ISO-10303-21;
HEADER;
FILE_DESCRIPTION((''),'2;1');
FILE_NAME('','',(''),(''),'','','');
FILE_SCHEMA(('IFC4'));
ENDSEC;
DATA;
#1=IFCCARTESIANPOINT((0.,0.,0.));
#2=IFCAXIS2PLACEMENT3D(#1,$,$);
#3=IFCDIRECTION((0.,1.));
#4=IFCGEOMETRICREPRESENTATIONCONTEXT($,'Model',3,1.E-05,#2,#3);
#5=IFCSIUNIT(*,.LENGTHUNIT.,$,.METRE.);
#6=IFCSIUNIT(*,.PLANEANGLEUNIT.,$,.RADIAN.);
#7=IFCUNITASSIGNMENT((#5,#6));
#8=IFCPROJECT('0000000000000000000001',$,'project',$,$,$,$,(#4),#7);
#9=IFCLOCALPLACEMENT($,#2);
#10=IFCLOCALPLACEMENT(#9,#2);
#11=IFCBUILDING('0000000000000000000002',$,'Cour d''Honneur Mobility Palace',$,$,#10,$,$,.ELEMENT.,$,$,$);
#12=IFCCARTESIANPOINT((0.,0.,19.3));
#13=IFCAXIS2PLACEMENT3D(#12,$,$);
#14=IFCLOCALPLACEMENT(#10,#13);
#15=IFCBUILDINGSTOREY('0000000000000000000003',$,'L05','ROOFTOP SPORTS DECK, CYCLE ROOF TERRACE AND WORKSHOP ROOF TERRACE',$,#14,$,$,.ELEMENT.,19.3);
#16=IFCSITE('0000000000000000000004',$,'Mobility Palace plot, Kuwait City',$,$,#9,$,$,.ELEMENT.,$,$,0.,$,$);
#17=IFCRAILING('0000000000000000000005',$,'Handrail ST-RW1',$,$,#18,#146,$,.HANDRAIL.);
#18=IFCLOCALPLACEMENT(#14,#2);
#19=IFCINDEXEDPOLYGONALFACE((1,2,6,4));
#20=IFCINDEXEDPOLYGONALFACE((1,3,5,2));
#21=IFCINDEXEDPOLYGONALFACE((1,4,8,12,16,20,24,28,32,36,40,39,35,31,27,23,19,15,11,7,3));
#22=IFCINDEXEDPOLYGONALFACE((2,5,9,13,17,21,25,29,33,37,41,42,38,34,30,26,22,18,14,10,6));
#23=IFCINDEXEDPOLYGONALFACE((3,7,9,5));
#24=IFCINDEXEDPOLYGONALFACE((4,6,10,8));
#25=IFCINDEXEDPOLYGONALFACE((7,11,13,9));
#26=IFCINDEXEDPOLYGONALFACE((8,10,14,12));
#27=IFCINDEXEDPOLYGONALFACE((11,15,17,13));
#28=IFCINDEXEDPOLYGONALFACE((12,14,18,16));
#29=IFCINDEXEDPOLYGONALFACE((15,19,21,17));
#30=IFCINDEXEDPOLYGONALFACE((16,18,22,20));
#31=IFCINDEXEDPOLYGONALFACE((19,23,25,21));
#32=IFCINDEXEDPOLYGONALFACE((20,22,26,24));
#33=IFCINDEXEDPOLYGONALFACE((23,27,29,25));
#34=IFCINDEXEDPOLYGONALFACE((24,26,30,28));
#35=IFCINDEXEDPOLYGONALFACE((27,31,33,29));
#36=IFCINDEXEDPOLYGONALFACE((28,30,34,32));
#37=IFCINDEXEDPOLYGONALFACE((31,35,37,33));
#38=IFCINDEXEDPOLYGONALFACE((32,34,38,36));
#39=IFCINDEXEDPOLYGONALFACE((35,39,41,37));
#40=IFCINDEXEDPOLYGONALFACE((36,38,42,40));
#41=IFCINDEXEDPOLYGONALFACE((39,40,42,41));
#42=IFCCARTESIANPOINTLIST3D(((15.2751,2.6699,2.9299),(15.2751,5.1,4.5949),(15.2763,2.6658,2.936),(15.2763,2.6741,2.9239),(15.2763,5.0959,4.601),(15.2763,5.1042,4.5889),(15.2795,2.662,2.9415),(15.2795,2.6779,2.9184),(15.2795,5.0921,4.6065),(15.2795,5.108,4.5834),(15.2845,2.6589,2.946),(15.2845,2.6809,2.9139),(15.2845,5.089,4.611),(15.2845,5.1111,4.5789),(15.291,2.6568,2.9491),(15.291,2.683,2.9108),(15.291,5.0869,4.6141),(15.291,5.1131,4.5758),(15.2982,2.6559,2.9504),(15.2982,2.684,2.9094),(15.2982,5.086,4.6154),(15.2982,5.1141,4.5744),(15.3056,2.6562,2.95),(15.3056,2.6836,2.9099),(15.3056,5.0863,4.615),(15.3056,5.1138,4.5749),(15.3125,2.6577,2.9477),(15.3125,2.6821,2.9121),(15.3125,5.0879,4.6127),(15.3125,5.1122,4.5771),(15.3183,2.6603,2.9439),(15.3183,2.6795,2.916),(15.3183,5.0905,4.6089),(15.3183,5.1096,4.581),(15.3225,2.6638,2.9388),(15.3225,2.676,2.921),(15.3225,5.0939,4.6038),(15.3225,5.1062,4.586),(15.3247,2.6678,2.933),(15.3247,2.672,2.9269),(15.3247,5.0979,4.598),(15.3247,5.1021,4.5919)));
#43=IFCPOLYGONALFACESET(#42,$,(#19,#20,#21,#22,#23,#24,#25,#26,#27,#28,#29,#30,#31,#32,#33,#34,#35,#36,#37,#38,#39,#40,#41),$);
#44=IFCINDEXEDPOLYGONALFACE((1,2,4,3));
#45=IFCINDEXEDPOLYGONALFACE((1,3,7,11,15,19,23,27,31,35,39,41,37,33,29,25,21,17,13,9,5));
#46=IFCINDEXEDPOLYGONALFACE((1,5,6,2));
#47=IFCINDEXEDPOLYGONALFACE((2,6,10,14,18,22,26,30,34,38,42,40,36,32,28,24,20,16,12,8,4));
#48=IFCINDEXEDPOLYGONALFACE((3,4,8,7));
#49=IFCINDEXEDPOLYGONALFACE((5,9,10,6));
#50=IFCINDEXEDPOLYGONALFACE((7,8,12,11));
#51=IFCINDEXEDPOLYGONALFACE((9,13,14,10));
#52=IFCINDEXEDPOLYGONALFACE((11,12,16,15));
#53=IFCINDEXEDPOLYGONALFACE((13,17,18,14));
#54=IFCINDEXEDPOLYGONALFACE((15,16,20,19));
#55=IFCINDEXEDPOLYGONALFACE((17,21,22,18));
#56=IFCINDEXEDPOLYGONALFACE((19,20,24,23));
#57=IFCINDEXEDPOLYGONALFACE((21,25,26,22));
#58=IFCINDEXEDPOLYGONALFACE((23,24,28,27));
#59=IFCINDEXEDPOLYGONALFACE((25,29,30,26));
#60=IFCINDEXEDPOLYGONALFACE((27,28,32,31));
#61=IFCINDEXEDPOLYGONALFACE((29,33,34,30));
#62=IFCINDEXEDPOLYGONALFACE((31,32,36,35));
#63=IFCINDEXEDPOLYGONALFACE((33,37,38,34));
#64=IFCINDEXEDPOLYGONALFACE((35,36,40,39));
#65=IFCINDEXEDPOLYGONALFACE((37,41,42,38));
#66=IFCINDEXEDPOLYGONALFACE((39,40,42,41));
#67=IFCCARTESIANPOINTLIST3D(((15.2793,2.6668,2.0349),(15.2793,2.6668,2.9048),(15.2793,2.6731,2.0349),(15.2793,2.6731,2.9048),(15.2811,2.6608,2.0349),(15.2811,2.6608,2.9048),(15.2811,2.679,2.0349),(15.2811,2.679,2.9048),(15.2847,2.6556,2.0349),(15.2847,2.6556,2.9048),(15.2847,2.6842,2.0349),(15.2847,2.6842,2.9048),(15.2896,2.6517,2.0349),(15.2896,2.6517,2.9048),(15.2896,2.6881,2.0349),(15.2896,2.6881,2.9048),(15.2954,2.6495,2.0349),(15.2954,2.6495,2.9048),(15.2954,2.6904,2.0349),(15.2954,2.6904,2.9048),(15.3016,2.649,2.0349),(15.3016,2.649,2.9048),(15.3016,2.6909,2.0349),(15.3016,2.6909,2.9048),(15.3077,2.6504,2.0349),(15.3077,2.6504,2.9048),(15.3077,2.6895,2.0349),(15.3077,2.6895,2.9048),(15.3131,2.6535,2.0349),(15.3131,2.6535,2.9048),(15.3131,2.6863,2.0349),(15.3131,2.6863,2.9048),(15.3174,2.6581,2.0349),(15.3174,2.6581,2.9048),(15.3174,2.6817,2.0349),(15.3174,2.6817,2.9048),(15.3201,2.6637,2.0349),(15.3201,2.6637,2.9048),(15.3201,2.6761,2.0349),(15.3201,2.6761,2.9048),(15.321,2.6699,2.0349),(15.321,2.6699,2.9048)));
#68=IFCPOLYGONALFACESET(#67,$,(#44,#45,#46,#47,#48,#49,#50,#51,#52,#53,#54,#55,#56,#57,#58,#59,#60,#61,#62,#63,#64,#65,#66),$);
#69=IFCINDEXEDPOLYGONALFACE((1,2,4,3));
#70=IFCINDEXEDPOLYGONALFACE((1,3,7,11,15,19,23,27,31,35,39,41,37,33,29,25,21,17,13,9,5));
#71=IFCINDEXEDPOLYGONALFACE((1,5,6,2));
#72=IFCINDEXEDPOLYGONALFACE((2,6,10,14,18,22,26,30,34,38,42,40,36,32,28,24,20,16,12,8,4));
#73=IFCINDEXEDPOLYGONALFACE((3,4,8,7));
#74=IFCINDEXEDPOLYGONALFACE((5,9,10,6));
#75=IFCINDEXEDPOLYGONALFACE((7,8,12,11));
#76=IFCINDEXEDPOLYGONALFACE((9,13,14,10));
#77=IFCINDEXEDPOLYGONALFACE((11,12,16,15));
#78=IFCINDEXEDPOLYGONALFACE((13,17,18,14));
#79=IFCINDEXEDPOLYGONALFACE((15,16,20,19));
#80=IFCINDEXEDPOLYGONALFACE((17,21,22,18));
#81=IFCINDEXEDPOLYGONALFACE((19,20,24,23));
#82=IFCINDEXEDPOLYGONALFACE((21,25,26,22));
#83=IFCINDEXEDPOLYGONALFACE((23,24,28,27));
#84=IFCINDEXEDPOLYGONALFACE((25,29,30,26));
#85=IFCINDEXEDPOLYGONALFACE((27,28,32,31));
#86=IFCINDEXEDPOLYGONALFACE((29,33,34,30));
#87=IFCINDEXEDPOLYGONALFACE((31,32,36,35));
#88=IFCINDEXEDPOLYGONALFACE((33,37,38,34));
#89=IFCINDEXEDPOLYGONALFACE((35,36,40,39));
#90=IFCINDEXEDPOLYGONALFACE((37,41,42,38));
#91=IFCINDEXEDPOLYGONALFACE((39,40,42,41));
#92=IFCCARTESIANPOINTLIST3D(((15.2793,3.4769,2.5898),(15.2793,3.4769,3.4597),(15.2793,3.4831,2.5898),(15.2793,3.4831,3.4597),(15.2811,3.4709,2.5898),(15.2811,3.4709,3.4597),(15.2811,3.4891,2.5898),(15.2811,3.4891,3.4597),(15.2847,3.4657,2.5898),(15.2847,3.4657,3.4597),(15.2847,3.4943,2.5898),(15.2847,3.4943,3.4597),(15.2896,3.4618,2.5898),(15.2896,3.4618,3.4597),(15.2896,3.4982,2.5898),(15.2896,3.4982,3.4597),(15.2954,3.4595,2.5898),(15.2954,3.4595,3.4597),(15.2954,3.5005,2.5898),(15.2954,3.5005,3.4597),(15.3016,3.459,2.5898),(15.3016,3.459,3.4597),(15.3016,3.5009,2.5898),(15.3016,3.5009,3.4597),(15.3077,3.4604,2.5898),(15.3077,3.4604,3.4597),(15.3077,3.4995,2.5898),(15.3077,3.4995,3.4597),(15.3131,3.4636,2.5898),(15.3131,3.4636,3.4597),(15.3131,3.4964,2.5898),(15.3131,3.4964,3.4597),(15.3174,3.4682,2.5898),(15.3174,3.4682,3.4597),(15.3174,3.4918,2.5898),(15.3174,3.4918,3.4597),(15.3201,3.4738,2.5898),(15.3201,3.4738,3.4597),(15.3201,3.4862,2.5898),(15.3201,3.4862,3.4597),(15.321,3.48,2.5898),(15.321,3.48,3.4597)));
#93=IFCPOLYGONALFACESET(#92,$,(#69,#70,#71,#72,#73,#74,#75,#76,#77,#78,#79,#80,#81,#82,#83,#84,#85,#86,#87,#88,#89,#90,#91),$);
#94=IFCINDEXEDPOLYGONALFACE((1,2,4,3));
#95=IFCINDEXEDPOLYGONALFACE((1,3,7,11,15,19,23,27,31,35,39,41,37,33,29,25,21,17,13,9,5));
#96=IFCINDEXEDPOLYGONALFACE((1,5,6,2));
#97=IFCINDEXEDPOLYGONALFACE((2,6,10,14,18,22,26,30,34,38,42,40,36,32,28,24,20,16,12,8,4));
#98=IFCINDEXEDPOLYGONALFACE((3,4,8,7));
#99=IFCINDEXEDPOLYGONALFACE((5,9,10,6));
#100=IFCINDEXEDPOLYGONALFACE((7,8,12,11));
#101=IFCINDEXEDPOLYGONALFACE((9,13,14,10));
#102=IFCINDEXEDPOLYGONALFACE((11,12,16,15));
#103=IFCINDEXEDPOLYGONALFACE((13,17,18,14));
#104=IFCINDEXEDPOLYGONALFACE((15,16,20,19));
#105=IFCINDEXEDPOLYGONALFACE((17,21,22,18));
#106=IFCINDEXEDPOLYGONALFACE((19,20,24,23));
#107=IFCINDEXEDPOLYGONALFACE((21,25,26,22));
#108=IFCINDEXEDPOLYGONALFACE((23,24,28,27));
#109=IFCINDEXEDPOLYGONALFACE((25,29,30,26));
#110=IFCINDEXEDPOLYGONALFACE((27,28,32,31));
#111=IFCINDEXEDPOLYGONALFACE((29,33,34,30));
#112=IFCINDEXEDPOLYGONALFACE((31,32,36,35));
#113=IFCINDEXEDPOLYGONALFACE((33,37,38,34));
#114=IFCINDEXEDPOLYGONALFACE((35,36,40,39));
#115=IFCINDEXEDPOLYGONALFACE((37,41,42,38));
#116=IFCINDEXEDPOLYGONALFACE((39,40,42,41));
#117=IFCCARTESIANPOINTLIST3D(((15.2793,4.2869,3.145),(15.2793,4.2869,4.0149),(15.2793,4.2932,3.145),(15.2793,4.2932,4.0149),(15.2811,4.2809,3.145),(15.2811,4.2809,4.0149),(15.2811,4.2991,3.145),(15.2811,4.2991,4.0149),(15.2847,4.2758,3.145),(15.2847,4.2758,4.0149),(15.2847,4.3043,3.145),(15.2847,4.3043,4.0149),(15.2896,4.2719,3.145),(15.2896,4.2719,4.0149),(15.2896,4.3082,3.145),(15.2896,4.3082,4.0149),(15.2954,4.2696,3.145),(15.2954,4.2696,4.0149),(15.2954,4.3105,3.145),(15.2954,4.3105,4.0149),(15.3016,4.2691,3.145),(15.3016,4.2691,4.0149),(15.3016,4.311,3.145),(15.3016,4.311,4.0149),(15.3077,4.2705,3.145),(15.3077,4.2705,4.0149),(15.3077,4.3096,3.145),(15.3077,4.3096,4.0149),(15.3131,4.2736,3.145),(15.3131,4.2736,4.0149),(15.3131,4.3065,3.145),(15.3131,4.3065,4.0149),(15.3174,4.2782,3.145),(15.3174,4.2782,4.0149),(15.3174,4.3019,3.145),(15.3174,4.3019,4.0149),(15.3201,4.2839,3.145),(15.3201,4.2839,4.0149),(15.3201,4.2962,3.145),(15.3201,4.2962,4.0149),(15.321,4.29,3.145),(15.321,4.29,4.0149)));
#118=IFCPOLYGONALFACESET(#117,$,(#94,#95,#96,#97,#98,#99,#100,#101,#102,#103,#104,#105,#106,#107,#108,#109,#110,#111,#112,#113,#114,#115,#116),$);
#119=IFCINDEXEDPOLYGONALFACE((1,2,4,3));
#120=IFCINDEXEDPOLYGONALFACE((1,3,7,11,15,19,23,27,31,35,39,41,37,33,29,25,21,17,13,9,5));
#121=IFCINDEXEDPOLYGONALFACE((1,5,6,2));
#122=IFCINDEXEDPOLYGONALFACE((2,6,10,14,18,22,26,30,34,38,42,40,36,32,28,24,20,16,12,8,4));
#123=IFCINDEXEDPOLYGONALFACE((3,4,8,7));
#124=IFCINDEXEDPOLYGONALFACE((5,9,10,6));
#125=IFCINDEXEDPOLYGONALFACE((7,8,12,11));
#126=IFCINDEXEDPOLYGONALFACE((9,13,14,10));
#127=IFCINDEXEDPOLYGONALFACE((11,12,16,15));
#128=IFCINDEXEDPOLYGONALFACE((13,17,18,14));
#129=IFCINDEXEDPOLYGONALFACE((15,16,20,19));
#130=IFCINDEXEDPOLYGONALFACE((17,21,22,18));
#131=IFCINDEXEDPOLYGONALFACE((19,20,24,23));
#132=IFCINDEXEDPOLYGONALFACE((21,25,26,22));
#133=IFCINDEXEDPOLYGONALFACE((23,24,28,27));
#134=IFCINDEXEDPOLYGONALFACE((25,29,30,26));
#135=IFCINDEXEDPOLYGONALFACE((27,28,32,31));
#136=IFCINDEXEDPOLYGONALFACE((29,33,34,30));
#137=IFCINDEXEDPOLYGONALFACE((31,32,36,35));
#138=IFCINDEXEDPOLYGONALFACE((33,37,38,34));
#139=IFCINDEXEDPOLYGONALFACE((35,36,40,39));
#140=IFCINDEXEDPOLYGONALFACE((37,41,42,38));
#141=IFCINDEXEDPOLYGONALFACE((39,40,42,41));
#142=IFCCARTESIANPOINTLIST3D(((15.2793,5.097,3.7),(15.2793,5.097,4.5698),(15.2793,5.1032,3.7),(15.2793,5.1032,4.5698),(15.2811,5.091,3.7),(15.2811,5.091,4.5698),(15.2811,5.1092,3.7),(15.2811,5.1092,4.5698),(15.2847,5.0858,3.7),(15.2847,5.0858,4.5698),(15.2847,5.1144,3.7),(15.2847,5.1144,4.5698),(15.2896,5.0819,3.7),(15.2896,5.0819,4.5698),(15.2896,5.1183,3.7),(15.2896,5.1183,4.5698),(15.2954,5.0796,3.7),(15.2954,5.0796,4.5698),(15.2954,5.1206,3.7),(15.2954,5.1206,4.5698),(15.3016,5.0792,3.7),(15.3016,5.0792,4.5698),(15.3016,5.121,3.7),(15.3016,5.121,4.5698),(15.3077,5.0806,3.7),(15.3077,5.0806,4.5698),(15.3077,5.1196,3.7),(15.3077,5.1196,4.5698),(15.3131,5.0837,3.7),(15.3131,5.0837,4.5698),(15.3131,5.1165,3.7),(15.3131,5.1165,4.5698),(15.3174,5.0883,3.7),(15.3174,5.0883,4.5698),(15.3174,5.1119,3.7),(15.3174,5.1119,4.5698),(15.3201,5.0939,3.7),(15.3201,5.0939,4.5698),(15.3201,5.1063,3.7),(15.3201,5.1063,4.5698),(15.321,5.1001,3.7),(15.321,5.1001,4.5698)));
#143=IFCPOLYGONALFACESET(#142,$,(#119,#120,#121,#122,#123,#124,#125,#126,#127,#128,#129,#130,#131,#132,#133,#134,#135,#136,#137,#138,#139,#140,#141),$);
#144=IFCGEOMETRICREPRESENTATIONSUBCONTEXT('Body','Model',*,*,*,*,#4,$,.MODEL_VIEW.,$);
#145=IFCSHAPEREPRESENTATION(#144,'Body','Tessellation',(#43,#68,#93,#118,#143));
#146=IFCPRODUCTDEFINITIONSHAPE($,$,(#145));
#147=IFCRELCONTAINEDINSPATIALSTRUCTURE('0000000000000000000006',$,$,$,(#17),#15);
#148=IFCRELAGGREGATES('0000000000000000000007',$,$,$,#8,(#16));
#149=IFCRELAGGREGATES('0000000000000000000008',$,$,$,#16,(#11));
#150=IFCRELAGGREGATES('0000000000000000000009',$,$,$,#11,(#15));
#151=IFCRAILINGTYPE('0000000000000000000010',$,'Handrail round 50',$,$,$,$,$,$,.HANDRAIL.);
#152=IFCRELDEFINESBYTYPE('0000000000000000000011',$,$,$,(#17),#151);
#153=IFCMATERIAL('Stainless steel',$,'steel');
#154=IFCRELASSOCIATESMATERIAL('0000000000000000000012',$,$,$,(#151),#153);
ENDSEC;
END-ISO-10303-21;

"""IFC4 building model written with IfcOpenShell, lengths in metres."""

from ifc_helpers import new_model, si_unit, direction, frame, origin, origin_2d, place, context, subcontext, project, spatial, circle, extrude, material, type_object, element, save


model = new_model("IFC4")

# Units and contexts
model_context = context("Model", 3, precision=1e-05, world=origin(), true_north=direction((0.0, 1.0)))
body_context = subcontext(model_context, "Body", "Model", "MODEL_VIEW")
ifc_project = project(units=[si_unit("LENGTHUNIT", "METRE"), si_unit("PLANEANGLEUNIT", "RADIAN")], contexts=[model_context])

# Site, building, storey
site_placement = place(None, origin())
site = spatial("IfcSite", under=ifc_project, at=site_placement, Name="Mobility Palace plot, Kuwait City", CompositionType="ELEMENT", RefElevation=0.0)
building_placement = place(site_placement, origin())
building = spatial("IfcBuilding", under=site, at=building_placement, Name="Cour d'Honneur Mobility Palace", CompositionType="ELEMENT")
storey_placement = place(building_placement, frame((0.0, 0.0, 19.3)))
storey = spatial("IfcBuildingStorey", under=building, at=storey_placement, Name="L05", Description="ROOFTOP SPORTS DECK, CYCLE ROOF TERRACE AND WORKSHOP ROOF TERRACE", CompositionType="ELEMENT", Elevation=19.3)

# Railing
ifc_material_1 = material(Name="Stainless steel", Category="steel")
railing_type_1 = type_object("IfcRailingType", Name="Handrail round 50", PredefinedType="HANDRAIL", material=ifc_material_1)
for number, where, name in (
    (1, (15.3, 2.6699, 2.0349), "Handrail ST-RW1"),
):
    element("IfcRailing", number, at=place(storey_placement, frame(where)), inside=storey, type_object=railing_type_1, Name=name, PredefinedType="HANDRAIL", context=body_context, shape_type="SweptSolid", body=[
        extrude(circle(Radius=0.0249, at=origin_2d()), frame((0.0, 0.0, 0.895), z_axis=(0.0, 0.824945, 0.565213), x_axis=(-1.0, 0.0, 0.0)), (0.0, 0.0, 1.0), 2.9458),
        extrude(circle(Radius=0.021, at=origin_2d()), origin(), (0.0, 0.0, 1.0), 0.8699),
        extrude(circle(Radius=0.021, at=origin_2d()), frame((0.0, 0.8101, 0.5549)), (0.0, 0.0, 1.0), 0.8699),
        extrude(circle(Radius=0.021, at=origin_2d()), frame((0.0, 1.6201, 1.1101)), (0.0, 0.0, 1.0), 0.8699),
        extrude(circle(Radius=0.021, at=origin_2d()), frame((0.0, 2.4302, 1.665)), (0.0, 0.0, 1.0), 0.8699),
    ])

save(model, "model.ifc")
